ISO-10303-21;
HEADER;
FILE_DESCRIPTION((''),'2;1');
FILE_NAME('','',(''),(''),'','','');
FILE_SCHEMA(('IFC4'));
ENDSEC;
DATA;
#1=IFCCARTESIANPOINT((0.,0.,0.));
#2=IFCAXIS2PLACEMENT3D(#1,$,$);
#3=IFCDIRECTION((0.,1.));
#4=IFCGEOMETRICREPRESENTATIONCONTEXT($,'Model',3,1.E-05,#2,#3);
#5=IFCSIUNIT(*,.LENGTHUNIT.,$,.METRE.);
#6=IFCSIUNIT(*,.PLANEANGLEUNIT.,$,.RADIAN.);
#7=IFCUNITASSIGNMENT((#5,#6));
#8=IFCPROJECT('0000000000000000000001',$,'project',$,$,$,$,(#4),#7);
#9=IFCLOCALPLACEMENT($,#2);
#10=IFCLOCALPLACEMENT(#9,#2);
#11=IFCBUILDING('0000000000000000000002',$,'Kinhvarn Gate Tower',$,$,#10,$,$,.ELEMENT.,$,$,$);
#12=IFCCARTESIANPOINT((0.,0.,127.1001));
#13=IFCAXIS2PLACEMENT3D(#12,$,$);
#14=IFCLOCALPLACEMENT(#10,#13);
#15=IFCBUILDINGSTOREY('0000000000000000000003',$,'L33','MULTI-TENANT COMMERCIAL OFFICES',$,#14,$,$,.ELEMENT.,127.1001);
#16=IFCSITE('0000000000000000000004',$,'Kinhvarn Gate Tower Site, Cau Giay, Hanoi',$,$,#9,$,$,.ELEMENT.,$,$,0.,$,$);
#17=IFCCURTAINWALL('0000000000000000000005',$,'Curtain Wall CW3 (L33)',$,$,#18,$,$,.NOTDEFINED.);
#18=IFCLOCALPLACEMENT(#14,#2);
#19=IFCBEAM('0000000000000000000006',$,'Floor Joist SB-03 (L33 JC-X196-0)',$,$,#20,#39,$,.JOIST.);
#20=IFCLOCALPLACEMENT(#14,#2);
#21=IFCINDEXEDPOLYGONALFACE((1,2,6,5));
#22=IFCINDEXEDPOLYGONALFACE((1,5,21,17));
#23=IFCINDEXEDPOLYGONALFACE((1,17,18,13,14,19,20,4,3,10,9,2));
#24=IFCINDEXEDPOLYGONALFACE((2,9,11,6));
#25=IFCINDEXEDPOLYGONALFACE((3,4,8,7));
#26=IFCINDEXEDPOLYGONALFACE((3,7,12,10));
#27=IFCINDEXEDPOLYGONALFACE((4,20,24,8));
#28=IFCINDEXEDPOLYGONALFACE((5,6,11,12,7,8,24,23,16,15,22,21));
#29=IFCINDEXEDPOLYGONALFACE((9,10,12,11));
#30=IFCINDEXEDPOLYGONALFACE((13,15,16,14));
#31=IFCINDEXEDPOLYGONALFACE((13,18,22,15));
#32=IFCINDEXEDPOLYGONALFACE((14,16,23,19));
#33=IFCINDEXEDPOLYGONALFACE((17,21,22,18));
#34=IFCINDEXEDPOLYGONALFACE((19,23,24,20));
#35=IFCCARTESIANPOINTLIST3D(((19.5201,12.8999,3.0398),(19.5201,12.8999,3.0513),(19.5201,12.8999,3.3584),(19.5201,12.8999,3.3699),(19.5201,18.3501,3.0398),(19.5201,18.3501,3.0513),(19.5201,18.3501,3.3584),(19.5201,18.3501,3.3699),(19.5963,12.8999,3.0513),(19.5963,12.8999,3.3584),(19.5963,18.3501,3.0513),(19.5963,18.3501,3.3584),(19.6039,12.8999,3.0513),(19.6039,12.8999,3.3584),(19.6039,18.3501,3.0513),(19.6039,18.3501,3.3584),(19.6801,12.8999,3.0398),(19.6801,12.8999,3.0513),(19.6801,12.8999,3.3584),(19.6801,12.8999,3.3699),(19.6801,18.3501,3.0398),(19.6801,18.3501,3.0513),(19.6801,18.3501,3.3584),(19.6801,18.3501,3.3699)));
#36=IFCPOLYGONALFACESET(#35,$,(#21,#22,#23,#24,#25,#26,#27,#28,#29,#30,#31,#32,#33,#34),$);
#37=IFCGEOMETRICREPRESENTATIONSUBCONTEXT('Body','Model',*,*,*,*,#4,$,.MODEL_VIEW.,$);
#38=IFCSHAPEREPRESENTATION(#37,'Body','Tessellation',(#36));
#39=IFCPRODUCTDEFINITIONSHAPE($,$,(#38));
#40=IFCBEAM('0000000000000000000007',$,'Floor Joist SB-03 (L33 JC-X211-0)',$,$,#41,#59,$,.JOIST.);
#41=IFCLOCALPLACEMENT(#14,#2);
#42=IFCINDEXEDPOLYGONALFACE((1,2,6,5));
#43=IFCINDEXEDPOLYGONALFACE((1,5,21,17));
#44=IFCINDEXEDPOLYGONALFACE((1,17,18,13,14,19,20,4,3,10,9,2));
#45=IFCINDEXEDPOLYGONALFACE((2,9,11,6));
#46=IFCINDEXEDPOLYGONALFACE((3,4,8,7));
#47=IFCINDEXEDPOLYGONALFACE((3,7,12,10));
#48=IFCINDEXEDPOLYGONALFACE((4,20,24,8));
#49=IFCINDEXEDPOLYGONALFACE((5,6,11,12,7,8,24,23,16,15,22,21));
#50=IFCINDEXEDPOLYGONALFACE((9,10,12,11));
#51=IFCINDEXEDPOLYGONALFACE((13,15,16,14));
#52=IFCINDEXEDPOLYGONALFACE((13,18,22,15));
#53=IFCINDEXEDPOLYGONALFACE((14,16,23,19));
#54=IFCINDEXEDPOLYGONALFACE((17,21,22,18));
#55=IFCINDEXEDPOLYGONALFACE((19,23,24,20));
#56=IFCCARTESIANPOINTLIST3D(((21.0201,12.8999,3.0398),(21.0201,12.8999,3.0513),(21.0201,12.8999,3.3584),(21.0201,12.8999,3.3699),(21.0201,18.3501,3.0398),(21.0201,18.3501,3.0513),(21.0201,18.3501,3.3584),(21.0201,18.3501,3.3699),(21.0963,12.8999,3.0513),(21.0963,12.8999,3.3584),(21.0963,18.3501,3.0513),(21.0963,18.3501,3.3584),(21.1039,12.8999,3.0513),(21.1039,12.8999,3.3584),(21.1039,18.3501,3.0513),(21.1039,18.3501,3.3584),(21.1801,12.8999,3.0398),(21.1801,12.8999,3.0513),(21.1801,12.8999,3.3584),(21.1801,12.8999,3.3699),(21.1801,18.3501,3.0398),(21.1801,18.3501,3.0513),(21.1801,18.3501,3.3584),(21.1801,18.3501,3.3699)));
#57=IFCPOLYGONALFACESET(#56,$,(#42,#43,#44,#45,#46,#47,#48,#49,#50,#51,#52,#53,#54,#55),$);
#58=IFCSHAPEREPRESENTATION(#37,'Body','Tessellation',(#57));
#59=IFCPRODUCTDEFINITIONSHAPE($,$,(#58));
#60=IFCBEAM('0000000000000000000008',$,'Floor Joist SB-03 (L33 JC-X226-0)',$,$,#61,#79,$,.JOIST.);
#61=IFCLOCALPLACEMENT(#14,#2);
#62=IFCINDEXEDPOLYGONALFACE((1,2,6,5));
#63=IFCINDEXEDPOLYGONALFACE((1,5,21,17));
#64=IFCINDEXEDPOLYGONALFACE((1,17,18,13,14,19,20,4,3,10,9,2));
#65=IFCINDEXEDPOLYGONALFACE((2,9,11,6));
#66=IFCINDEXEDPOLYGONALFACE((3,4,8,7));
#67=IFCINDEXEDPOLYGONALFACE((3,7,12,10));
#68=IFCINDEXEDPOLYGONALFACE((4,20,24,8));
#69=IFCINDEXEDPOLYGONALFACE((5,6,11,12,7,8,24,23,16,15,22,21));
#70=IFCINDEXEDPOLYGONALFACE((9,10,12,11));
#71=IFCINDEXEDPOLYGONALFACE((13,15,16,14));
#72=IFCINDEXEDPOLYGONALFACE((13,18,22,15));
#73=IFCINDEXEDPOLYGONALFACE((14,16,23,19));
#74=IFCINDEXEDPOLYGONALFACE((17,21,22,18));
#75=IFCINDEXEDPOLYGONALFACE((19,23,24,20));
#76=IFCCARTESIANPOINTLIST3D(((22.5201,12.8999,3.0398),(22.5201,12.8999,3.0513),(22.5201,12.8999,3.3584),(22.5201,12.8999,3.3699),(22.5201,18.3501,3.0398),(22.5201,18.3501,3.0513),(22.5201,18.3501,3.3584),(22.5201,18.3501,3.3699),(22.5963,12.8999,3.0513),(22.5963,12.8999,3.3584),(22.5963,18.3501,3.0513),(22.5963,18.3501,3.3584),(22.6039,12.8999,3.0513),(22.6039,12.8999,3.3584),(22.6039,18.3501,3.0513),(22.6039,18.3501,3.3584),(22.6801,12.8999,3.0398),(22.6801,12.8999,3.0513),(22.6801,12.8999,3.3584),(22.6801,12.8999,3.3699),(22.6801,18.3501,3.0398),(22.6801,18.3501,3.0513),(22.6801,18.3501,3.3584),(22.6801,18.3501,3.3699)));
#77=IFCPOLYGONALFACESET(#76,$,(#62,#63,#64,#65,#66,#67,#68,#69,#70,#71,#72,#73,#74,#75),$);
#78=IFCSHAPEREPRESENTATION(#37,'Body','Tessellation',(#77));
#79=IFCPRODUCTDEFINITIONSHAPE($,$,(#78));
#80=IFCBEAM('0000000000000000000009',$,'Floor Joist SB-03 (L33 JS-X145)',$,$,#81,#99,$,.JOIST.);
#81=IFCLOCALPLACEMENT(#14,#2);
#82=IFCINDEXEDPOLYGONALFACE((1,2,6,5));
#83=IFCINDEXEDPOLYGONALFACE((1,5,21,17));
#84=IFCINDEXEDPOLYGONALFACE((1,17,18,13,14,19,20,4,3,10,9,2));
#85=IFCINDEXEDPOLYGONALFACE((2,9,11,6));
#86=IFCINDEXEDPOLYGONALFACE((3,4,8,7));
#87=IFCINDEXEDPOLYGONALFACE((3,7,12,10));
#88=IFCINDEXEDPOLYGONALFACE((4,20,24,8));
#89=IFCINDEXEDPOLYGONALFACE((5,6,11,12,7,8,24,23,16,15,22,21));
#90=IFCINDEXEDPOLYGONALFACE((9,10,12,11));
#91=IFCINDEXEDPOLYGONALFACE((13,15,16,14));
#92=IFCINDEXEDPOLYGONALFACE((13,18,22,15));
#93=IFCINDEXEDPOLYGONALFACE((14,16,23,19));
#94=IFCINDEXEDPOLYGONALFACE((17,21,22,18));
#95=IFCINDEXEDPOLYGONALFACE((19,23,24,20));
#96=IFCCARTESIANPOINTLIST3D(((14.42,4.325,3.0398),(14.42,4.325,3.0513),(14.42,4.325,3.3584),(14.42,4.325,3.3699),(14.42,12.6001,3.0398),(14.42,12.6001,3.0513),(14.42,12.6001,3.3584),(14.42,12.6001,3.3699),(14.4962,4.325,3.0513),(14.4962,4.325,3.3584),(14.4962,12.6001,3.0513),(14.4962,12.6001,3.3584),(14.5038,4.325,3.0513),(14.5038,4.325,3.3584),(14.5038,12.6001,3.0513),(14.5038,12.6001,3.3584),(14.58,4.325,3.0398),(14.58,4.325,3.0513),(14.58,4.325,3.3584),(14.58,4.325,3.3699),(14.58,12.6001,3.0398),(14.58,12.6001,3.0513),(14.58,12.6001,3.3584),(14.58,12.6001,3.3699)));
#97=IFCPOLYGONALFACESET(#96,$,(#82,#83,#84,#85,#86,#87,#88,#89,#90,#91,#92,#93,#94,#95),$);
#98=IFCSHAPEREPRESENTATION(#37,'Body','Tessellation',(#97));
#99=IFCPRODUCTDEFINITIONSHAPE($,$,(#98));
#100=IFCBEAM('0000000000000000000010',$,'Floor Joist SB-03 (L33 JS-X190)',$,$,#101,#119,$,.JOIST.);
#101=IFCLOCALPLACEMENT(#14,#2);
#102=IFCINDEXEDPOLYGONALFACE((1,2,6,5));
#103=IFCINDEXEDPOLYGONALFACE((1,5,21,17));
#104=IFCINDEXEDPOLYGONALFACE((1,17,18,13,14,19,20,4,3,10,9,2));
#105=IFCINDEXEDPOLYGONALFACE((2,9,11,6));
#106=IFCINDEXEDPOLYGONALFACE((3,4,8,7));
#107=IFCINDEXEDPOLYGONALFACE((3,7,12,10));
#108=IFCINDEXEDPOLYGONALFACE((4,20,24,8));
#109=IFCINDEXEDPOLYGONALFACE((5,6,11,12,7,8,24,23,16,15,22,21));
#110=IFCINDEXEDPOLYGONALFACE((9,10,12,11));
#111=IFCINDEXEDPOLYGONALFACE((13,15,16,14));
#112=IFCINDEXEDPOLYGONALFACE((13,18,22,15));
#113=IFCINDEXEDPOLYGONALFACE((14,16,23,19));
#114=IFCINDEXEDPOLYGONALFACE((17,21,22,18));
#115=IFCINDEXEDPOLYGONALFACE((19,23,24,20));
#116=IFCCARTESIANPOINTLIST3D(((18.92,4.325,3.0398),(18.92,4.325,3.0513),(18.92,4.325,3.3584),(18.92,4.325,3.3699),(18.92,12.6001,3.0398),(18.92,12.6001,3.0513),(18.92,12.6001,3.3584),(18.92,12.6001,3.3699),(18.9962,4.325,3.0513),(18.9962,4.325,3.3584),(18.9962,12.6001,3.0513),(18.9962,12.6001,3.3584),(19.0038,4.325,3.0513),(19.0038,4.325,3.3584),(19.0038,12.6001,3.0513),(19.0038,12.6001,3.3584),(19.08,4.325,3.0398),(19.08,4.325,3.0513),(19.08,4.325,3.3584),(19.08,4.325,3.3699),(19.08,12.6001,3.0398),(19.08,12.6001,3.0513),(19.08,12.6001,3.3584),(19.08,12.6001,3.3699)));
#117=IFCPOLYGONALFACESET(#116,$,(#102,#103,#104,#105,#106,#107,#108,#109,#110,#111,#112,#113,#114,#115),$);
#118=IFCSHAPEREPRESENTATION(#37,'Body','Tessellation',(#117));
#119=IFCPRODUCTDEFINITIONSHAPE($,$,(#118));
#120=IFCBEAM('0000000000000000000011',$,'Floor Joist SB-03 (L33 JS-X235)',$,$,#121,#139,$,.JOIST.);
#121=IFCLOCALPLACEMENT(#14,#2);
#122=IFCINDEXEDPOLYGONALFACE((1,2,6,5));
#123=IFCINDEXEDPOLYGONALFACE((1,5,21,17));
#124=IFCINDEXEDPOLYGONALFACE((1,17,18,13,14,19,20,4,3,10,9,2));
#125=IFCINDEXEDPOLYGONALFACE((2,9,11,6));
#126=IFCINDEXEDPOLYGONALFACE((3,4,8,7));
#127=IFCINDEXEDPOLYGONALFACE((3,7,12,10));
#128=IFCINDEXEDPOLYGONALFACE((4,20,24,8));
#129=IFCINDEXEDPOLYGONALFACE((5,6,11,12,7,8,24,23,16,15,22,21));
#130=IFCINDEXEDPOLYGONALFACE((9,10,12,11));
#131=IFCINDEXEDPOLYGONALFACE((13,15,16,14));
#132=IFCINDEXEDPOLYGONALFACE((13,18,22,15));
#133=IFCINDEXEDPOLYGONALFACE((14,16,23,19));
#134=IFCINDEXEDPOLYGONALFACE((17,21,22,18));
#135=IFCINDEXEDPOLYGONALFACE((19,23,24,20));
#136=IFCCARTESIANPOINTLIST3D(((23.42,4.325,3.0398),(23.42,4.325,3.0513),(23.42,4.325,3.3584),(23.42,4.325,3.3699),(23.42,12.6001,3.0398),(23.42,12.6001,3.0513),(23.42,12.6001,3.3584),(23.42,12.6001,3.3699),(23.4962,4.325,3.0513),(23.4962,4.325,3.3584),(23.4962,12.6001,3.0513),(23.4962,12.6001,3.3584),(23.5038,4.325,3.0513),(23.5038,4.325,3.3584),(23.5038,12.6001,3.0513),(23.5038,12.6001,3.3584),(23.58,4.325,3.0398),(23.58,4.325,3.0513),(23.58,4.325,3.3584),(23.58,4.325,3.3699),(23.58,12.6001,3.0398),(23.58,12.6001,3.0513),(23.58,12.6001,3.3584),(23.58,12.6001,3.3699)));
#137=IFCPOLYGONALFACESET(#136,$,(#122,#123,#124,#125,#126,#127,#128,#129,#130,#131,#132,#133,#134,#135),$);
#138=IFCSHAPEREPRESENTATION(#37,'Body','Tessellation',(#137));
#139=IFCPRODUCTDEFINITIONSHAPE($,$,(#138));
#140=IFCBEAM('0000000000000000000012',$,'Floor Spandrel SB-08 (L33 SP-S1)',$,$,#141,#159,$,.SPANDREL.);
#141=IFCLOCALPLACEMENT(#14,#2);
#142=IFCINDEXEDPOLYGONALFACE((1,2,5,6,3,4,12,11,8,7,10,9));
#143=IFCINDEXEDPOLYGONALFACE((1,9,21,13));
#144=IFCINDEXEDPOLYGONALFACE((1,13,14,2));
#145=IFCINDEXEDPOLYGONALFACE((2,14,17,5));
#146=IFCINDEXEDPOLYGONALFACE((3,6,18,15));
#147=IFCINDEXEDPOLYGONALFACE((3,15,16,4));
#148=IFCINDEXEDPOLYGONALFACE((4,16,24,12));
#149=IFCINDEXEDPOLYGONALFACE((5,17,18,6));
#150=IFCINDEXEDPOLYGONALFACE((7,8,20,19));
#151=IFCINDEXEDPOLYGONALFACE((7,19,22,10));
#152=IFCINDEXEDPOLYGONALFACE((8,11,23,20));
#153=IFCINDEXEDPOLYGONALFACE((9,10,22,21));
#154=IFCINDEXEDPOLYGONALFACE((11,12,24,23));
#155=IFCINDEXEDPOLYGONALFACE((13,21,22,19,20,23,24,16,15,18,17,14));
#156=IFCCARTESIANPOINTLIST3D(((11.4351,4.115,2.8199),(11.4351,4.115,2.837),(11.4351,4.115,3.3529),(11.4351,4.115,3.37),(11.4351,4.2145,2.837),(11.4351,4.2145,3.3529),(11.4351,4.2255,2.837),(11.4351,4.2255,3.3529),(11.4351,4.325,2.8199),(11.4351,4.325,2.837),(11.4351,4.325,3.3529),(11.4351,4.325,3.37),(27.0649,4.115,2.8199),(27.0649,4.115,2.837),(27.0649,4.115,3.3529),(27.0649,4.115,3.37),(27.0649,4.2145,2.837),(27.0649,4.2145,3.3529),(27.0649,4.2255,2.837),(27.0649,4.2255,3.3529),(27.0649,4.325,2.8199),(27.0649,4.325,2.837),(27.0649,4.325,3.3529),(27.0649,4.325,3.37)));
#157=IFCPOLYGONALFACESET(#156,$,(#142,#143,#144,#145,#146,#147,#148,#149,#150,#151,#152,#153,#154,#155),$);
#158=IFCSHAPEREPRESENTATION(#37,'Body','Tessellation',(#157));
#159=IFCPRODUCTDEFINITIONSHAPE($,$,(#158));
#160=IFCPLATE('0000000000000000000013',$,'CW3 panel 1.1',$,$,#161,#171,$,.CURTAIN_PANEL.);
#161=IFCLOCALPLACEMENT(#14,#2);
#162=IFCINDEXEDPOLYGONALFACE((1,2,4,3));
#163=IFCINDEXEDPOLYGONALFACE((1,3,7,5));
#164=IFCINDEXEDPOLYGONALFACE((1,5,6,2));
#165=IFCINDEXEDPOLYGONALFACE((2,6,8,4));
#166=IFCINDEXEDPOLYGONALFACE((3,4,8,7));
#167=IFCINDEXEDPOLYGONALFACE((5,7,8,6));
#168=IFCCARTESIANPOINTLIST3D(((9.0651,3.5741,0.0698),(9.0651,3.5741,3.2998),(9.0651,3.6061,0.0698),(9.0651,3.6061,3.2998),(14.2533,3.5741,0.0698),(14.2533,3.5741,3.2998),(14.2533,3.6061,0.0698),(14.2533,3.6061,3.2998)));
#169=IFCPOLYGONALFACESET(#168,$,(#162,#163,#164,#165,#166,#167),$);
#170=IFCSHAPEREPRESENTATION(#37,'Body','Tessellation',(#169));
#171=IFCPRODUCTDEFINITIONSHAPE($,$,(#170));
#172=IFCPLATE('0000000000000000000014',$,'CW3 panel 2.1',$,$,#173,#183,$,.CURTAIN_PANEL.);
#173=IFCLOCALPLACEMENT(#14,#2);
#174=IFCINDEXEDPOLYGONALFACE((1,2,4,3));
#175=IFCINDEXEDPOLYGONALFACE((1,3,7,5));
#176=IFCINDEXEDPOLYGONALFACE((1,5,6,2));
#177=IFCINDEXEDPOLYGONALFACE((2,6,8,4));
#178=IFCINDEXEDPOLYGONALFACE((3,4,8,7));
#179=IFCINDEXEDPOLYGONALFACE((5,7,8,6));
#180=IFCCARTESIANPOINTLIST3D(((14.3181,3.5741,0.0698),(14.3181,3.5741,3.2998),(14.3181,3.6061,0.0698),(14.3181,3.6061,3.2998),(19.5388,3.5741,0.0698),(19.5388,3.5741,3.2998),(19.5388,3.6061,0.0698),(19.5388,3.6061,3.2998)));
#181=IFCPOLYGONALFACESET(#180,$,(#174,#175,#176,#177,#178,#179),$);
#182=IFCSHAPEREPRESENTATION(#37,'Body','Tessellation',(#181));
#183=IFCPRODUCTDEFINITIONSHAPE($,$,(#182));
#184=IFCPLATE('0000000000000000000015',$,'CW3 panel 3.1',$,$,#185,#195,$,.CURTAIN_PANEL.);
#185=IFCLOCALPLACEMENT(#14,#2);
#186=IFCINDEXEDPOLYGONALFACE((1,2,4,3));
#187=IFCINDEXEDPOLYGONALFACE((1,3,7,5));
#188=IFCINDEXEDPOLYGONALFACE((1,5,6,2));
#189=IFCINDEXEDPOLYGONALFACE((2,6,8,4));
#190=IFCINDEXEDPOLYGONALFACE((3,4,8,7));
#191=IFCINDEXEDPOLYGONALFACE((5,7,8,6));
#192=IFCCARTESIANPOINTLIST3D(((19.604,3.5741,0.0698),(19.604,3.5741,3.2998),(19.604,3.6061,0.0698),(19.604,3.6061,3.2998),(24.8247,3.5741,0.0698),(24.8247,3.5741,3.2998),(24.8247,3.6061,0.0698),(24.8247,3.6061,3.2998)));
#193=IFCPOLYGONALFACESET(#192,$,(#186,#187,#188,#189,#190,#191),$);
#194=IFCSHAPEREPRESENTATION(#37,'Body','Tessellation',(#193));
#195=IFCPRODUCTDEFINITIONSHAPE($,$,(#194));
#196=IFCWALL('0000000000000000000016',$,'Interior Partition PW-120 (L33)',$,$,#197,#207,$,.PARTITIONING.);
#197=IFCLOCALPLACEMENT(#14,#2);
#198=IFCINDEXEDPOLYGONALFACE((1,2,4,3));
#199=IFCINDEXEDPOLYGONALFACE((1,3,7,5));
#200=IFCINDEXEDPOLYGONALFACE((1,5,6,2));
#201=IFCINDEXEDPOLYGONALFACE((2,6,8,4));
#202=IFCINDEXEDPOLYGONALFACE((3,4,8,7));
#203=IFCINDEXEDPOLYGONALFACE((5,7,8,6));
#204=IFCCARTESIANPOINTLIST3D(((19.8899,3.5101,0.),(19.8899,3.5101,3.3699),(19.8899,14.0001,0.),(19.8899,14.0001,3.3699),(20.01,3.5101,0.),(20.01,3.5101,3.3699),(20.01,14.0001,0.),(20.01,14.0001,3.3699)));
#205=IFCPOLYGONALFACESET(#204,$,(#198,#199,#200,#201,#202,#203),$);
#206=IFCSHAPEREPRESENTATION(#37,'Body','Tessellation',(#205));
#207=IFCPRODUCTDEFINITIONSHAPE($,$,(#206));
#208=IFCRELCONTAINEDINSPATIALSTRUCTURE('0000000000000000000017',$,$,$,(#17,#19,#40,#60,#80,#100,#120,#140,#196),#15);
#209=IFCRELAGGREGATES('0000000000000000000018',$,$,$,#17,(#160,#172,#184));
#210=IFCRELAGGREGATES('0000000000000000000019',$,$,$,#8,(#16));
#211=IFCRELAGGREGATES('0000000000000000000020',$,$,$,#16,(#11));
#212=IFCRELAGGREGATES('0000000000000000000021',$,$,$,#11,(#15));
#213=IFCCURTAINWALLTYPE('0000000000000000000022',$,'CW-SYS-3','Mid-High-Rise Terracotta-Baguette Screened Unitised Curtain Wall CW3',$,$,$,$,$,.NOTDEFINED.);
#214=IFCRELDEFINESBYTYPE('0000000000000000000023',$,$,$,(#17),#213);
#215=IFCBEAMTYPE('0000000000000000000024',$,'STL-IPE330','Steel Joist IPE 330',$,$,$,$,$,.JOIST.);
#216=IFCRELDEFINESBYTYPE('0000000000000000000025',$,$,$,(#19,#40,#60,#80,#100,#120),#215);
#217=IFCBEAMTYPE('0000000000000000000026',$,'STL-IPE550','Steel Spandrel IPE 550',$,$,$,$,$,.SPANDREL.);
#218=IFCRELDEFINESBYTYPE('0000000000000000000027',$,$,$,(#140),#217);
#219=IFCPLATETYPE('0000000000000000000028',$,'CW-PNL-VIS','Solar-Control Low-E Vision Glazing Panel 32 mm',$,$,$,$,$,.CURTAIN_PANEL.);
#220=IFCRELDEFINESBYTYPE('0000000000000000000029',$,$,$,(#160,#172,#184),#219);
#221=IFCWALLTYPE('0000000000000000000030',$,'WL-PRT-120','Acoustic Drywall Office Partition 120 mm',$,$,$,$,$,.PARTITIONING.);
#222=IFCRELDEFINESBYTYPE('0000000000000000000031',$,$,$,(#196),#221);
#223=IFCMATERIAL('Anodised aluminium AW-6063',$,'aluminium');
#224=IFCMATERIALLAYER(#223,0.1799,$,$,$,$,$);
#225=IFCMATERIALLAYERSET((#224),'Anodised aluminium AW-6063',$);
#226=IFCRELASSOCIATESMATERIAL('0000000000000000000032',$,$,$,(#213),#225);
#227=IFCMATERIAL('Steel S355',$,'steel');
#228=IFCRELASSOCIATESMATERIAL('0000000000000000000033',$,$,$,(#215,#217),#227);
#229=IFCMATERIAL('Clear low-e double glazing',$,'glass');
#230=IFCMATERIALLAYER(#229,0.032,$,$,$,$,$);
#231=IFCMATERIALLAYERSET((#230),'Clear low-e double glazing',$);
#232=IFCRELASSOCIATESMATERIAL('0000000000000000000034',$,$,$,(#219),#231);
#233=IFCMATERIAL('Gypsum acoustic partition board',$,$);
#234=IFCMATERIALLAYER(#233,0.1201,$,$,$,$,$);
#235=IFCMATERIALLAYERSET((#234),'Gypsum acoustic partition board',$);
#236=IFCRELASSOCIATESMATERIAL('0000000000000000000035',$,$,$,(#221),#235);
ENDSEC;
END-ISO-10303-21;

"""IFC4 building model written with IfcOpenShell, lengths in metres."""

from ifc_helpers import new_model, si_unit, direction, frame, frame_2d, origin, origin_2d, place, context, subcontext, project, spatial, rectangle, i_section, extrude, material, layer, layer_set, material_profile, profile_set, type_object, element, aggregate, save


model = new_model("IFC4")

# Units and contexts
model_context = context("Model", 3, precision=1e-05, world=origin(), true_north=direction((0.0, 1.0)))
body_context = subcontext(model_context, "Body", "Model", "MODEL_VIEW")
ifc_project = project(units=[si_unit("LENGTHUNIT", "METRE"), si_unit("PLANEANGLEUNIT", "RADIAN")], contexts=[model_context])

# Site, building, storey
site_placement = place(None, origin())
site = spatial("IfcSite", under=ifc_project, at=site_placement, Name="Kinhvarn Gate Tower Site, Cau Giay, Hanoi", CompositionType="ELEMENT", RefElevation=0.0)
building_placement = place(site_placement, origin())
building = spatial("IfcBuilding", under=site, at=building_placement, Name="Kinhvarn Gate Tower", CompositionType="ELEMENT")
storey_placement = place(building_placement, frame((0.0, 0.0, 127.1001)))
storey = spatial("IfcBuildingStorey", under=building, at=storey_placement, Name="L33", Description="MULTI-TENANT COMMERCIAL OFFICES", CompositionType="ELEMENT", Elevation=127.1001)

# Curtain wall
ifc_material_1 = material(Name="Anodised aluminium AW-6063", Category="aluminium")
ifc_layer_1 = layer(ifc_material_1, 0.1799)
ifc_layer_set_1 = layer_set([ifc_layer_1], Name="Anodised aluminium AW-6063")
curtain_wall_type = type_object("IfcCurtainWallType", Name="CW-SYS-3", Description="Mid-High-Rise Terracotta-Baguette Screened Unitised Curtain Wall CW3", PredefinedType="NOTDEFINED", material=ifc_layer_set_1)
curtain_wall_placement = place(storey_placement, origin())
curtain_wall = element("IfcCurtainWall", 1, at=curtain_wall_placement, inside=storey, type_object=curtain_wall_type, Name="Curtain Wall CW3 (L33)", PredefinedType="NOTDEFINED")

# Beams
ifc_material_2 = material(Name="Steel S355", Category="steel")
ifc_material_profile_1 = material_profile(ifc_material_2, i_section(OverallWidth=0.1599, OverallDepth=0.3301, WebThickness=0.0076, FlangeThickness=0.0115, at=origin_2d()), Name="IPE 330")
ifc_profile_set_1 = profile_set([ifc_material_profile_1], Name="Steel S355")
beam_type_1 = type_object("IfcBeamType", Name="STL-IPE330", Description="Steel Joist IPE 330", PredefinedType="JOIST", material=ifc_profile_set_1)
for number, where, z_axis, x_axis, name in (
    (2, (19.6001, 12.8999, 3.2048), (0.0, 1.0, 0.0), (-1.0, 0.0, 0.0), "Floor Joist SB-03 (L33 JC-X196-0)"),
    (3, (21.1001, 12.8999, 3.2048), (0.0, 1.0, 0.0), (-1.0, 0.0, 0.0), "Floor Joist SB-03 (L33 JC-X211-0)"),
    (4, (22.6001, 12.8999, 3.2048), (0.0, 1.0, 0.0), (-1.0, 0.0, 0.0), "Floor Joist SB-03 (L33 JC-X226-0)"),
):
    element("IfcBeam", number, at=place(storey_placement, frame(where, z_axis=z_axis, x_axis=x_axis)), inside=storey, type_object=beam_type_1, Name=name, PredefinedType="JOIST", context=body_context, shape_type="SweptSolid", body=[
        extrude(i_section(OverallWidth=0.1599, OverallDepth=0.3301, WebThickness=0.0076, FlangeThickness=0.0115, at=origin_2d()), origin(), (0.0, 0.0, 1.0), 5.4502),
    ])
for number, where, z_axis, x_axis, name in (
    (5, (14.5, 4.325, 3.2048), (0.0, 1.0, 0.0), (-1.0, 0.0, 0.0), "Floor Joist SB-03 (L33 JS-X145)"),
    (6, (19.0, 4.325, 3.2048), (0.0, 1.0, 0.0), (-1.0, 0.0, 0.0), "Floor Joist SB-03 (L33 JS-X190)"),
    (7, (23.5, 4.325, 3.2048), (0.0, 1.0, 0.0), (-1.0, 0.0, 0.0), "Floor Joist SB-03 (L33 JS-X235)"),
):
    element("IfcBeam", number, at=place(storey_placement, frame(where, z_axis=z_axis, x_axis=x_axis)), inside=storey, type_object=beam_type_1, Name=name, PredefinedType="JOIST", context=body_context, shape_type="SweptSolid", body=[
        extrude(i_section(OverallWidth=0.1599, OverallDepth=0.3301, WebThickness=0.0076, FlangeThickness=0.0115, at=origin_2d()), origin(), (0.0, 0.0, 1.0), 8.2751),
    ])
ifc_material_profile_2 = material_profile(ifc_material_2, i_section(OverallWidth=0.21, OverallDepth=0.55, WebThickness=0.011, FlangeThickness=0.0171, at=origin_2d()), Name="IPE 550")
ifc_profile_set_2 = profile_set([ifc_material_profile_2], Name="Steel S355")
beam_type_2 = type_object("IfcBeamType", Name="STL-IPE550", Description="Steel Spandrel IPE 550", PredefinedType="SPANDREL", material=ifc_profile_set_2)
beam_1_placement = place(storey_placement, frame((11.4351, 4.22, 3.095), z_axis=(1.0, 0.0, 0.0), x_axis=(0.0, 1.0, 0.0)))
element("IfcBeam", 8, at=beam_1_placement, inside=storey, type_object=beam_type_2, Name="Floor Spandrel SB-08 (L33 SP-S1)", PredefinedType="SPANDREL", context=body_context, shape_type="SweptSolid", body=[
    extrude(i_section(OverallWidth=0.21, OverallDepth=0.55, WebThickness=0.011, FlangeThickness=0.0171, at=origin_2d()), origin(), (0.0, 0.0, 1.0), 15.6299),
])

# Plates
ifc_material_3 = material(Name="Clear low-e double glazing", Category="glass")
ifc_layer_2 = layer(ifc_material_3, 0.032)
ifc_layer_set_2 = layer_set([ifc_layer_2], Name="Clear low-e double glazing")
plate_type = type_object("IfcPlateType", Name="CW-PNL-VIS", Description="Solar-Control Low-E Vision Glazing Panel 32 mm", PredefinedType="CURTAIN_PANEL", material=ifc_layer_set_2)
plate_1_placement = place(storey_placement, frame((11.6592, 3.5901, 0.0698), z_axis=(0.0, 0.0, 1.0), x_axis=(1.0, 0.0, 0.0)))
plate_1 = element("IfcPlate", 9, at=plate_1_placement, type_object=plate_type, Name="CW3 panel 1.1", PredefinedType="CURTAIN_PANEL", context=body_context, shape_type="SweptSolid", body=[
    extrude(rectangle(XDim=5.1882, YDim=0.032, at=origin_2d()), origin(), (0.0, 0.0, 1.0), 3.23),
])
plate_2_placement = place(storey_placement, frame((16.9285, 3.5901, 0.0698), z_axis=(0.0, 0.0, 1.0), x_axis=(1.0, 0.0, 0.0)))
plate_2 = element("IfcPlate", 10, at=plate_2_placement, type_object=plate_type, Name="CW3 panel 2.1", PredefinedType="CURTAIN_PANEL", context=body_context, shape_type="SweptSolid", body=[
    extrude(rectangle(XDim=5.2207, YDim=0.032, at=origin_2d()), origin(), (0.0, 0.0, 1.0), 3.23),
])
plate_3_placement = place(storey_placement, frame((22.2144, 3.5901, 0.0698), z_axis=(0.0, 0.0, 1.0), x_axis=(1.0, 0.0, 0.0)))
plate_3 = element("IfcPlate", 11, at=plate_3_placement, type_object=plate_type, Name="CW3 panel 3.1", PredefinedType="CURTAIN_PANEL", context=body_context, shape_type="SweptSolid", body=[
    extrude(rectangle(XDim=5.2207, YDim=0.032, at=origin_2d()), origin(), (0.0, 0.0, 1.0), 3.23),
])
aggregate(curtain_wall, [plate_1, plate_2, plate_3])

# Wall
ifc_material_4 = material(Name="Gypsum acoustic partition board")
ifc_layer_3 = layer(ifc_material_4, 0.1201)
ifc_layer_set_3 = layer_set([ifc_layer_3], Name="Gypsum acoustic partition board")
wall_type_1 = type_object("IfcWallType", Name="WL-PRT-120", Description="Acoustic Drywall Office Partition 120 mm", PredefinedType="PARTITIONING", material=ifc_layer_set_3)
wall_1_placement = place(storey_placement, frame((19.95, 3.51, 0.0), z_axis=(0.0, 0.0, 1.0), x_axis=(0.0, 1.0, 0.0)))
element("IfcWall", 12, at=wall_1_placement, inside=storey, type_object=wall_type_1, Name="Interior Partition PW-120 (L33)", PredefinedType="PARTITIONING", context=body_context, shape_type="SweptSolid", body=[
    extrude(rectangle(XDim=10.49, YDim=0.1201, at=frame_2d((5.2451, 0.0))), origin(), (0.0, 0.0, 1.0), 3.3699),
])

save(model, "model.ifc")
